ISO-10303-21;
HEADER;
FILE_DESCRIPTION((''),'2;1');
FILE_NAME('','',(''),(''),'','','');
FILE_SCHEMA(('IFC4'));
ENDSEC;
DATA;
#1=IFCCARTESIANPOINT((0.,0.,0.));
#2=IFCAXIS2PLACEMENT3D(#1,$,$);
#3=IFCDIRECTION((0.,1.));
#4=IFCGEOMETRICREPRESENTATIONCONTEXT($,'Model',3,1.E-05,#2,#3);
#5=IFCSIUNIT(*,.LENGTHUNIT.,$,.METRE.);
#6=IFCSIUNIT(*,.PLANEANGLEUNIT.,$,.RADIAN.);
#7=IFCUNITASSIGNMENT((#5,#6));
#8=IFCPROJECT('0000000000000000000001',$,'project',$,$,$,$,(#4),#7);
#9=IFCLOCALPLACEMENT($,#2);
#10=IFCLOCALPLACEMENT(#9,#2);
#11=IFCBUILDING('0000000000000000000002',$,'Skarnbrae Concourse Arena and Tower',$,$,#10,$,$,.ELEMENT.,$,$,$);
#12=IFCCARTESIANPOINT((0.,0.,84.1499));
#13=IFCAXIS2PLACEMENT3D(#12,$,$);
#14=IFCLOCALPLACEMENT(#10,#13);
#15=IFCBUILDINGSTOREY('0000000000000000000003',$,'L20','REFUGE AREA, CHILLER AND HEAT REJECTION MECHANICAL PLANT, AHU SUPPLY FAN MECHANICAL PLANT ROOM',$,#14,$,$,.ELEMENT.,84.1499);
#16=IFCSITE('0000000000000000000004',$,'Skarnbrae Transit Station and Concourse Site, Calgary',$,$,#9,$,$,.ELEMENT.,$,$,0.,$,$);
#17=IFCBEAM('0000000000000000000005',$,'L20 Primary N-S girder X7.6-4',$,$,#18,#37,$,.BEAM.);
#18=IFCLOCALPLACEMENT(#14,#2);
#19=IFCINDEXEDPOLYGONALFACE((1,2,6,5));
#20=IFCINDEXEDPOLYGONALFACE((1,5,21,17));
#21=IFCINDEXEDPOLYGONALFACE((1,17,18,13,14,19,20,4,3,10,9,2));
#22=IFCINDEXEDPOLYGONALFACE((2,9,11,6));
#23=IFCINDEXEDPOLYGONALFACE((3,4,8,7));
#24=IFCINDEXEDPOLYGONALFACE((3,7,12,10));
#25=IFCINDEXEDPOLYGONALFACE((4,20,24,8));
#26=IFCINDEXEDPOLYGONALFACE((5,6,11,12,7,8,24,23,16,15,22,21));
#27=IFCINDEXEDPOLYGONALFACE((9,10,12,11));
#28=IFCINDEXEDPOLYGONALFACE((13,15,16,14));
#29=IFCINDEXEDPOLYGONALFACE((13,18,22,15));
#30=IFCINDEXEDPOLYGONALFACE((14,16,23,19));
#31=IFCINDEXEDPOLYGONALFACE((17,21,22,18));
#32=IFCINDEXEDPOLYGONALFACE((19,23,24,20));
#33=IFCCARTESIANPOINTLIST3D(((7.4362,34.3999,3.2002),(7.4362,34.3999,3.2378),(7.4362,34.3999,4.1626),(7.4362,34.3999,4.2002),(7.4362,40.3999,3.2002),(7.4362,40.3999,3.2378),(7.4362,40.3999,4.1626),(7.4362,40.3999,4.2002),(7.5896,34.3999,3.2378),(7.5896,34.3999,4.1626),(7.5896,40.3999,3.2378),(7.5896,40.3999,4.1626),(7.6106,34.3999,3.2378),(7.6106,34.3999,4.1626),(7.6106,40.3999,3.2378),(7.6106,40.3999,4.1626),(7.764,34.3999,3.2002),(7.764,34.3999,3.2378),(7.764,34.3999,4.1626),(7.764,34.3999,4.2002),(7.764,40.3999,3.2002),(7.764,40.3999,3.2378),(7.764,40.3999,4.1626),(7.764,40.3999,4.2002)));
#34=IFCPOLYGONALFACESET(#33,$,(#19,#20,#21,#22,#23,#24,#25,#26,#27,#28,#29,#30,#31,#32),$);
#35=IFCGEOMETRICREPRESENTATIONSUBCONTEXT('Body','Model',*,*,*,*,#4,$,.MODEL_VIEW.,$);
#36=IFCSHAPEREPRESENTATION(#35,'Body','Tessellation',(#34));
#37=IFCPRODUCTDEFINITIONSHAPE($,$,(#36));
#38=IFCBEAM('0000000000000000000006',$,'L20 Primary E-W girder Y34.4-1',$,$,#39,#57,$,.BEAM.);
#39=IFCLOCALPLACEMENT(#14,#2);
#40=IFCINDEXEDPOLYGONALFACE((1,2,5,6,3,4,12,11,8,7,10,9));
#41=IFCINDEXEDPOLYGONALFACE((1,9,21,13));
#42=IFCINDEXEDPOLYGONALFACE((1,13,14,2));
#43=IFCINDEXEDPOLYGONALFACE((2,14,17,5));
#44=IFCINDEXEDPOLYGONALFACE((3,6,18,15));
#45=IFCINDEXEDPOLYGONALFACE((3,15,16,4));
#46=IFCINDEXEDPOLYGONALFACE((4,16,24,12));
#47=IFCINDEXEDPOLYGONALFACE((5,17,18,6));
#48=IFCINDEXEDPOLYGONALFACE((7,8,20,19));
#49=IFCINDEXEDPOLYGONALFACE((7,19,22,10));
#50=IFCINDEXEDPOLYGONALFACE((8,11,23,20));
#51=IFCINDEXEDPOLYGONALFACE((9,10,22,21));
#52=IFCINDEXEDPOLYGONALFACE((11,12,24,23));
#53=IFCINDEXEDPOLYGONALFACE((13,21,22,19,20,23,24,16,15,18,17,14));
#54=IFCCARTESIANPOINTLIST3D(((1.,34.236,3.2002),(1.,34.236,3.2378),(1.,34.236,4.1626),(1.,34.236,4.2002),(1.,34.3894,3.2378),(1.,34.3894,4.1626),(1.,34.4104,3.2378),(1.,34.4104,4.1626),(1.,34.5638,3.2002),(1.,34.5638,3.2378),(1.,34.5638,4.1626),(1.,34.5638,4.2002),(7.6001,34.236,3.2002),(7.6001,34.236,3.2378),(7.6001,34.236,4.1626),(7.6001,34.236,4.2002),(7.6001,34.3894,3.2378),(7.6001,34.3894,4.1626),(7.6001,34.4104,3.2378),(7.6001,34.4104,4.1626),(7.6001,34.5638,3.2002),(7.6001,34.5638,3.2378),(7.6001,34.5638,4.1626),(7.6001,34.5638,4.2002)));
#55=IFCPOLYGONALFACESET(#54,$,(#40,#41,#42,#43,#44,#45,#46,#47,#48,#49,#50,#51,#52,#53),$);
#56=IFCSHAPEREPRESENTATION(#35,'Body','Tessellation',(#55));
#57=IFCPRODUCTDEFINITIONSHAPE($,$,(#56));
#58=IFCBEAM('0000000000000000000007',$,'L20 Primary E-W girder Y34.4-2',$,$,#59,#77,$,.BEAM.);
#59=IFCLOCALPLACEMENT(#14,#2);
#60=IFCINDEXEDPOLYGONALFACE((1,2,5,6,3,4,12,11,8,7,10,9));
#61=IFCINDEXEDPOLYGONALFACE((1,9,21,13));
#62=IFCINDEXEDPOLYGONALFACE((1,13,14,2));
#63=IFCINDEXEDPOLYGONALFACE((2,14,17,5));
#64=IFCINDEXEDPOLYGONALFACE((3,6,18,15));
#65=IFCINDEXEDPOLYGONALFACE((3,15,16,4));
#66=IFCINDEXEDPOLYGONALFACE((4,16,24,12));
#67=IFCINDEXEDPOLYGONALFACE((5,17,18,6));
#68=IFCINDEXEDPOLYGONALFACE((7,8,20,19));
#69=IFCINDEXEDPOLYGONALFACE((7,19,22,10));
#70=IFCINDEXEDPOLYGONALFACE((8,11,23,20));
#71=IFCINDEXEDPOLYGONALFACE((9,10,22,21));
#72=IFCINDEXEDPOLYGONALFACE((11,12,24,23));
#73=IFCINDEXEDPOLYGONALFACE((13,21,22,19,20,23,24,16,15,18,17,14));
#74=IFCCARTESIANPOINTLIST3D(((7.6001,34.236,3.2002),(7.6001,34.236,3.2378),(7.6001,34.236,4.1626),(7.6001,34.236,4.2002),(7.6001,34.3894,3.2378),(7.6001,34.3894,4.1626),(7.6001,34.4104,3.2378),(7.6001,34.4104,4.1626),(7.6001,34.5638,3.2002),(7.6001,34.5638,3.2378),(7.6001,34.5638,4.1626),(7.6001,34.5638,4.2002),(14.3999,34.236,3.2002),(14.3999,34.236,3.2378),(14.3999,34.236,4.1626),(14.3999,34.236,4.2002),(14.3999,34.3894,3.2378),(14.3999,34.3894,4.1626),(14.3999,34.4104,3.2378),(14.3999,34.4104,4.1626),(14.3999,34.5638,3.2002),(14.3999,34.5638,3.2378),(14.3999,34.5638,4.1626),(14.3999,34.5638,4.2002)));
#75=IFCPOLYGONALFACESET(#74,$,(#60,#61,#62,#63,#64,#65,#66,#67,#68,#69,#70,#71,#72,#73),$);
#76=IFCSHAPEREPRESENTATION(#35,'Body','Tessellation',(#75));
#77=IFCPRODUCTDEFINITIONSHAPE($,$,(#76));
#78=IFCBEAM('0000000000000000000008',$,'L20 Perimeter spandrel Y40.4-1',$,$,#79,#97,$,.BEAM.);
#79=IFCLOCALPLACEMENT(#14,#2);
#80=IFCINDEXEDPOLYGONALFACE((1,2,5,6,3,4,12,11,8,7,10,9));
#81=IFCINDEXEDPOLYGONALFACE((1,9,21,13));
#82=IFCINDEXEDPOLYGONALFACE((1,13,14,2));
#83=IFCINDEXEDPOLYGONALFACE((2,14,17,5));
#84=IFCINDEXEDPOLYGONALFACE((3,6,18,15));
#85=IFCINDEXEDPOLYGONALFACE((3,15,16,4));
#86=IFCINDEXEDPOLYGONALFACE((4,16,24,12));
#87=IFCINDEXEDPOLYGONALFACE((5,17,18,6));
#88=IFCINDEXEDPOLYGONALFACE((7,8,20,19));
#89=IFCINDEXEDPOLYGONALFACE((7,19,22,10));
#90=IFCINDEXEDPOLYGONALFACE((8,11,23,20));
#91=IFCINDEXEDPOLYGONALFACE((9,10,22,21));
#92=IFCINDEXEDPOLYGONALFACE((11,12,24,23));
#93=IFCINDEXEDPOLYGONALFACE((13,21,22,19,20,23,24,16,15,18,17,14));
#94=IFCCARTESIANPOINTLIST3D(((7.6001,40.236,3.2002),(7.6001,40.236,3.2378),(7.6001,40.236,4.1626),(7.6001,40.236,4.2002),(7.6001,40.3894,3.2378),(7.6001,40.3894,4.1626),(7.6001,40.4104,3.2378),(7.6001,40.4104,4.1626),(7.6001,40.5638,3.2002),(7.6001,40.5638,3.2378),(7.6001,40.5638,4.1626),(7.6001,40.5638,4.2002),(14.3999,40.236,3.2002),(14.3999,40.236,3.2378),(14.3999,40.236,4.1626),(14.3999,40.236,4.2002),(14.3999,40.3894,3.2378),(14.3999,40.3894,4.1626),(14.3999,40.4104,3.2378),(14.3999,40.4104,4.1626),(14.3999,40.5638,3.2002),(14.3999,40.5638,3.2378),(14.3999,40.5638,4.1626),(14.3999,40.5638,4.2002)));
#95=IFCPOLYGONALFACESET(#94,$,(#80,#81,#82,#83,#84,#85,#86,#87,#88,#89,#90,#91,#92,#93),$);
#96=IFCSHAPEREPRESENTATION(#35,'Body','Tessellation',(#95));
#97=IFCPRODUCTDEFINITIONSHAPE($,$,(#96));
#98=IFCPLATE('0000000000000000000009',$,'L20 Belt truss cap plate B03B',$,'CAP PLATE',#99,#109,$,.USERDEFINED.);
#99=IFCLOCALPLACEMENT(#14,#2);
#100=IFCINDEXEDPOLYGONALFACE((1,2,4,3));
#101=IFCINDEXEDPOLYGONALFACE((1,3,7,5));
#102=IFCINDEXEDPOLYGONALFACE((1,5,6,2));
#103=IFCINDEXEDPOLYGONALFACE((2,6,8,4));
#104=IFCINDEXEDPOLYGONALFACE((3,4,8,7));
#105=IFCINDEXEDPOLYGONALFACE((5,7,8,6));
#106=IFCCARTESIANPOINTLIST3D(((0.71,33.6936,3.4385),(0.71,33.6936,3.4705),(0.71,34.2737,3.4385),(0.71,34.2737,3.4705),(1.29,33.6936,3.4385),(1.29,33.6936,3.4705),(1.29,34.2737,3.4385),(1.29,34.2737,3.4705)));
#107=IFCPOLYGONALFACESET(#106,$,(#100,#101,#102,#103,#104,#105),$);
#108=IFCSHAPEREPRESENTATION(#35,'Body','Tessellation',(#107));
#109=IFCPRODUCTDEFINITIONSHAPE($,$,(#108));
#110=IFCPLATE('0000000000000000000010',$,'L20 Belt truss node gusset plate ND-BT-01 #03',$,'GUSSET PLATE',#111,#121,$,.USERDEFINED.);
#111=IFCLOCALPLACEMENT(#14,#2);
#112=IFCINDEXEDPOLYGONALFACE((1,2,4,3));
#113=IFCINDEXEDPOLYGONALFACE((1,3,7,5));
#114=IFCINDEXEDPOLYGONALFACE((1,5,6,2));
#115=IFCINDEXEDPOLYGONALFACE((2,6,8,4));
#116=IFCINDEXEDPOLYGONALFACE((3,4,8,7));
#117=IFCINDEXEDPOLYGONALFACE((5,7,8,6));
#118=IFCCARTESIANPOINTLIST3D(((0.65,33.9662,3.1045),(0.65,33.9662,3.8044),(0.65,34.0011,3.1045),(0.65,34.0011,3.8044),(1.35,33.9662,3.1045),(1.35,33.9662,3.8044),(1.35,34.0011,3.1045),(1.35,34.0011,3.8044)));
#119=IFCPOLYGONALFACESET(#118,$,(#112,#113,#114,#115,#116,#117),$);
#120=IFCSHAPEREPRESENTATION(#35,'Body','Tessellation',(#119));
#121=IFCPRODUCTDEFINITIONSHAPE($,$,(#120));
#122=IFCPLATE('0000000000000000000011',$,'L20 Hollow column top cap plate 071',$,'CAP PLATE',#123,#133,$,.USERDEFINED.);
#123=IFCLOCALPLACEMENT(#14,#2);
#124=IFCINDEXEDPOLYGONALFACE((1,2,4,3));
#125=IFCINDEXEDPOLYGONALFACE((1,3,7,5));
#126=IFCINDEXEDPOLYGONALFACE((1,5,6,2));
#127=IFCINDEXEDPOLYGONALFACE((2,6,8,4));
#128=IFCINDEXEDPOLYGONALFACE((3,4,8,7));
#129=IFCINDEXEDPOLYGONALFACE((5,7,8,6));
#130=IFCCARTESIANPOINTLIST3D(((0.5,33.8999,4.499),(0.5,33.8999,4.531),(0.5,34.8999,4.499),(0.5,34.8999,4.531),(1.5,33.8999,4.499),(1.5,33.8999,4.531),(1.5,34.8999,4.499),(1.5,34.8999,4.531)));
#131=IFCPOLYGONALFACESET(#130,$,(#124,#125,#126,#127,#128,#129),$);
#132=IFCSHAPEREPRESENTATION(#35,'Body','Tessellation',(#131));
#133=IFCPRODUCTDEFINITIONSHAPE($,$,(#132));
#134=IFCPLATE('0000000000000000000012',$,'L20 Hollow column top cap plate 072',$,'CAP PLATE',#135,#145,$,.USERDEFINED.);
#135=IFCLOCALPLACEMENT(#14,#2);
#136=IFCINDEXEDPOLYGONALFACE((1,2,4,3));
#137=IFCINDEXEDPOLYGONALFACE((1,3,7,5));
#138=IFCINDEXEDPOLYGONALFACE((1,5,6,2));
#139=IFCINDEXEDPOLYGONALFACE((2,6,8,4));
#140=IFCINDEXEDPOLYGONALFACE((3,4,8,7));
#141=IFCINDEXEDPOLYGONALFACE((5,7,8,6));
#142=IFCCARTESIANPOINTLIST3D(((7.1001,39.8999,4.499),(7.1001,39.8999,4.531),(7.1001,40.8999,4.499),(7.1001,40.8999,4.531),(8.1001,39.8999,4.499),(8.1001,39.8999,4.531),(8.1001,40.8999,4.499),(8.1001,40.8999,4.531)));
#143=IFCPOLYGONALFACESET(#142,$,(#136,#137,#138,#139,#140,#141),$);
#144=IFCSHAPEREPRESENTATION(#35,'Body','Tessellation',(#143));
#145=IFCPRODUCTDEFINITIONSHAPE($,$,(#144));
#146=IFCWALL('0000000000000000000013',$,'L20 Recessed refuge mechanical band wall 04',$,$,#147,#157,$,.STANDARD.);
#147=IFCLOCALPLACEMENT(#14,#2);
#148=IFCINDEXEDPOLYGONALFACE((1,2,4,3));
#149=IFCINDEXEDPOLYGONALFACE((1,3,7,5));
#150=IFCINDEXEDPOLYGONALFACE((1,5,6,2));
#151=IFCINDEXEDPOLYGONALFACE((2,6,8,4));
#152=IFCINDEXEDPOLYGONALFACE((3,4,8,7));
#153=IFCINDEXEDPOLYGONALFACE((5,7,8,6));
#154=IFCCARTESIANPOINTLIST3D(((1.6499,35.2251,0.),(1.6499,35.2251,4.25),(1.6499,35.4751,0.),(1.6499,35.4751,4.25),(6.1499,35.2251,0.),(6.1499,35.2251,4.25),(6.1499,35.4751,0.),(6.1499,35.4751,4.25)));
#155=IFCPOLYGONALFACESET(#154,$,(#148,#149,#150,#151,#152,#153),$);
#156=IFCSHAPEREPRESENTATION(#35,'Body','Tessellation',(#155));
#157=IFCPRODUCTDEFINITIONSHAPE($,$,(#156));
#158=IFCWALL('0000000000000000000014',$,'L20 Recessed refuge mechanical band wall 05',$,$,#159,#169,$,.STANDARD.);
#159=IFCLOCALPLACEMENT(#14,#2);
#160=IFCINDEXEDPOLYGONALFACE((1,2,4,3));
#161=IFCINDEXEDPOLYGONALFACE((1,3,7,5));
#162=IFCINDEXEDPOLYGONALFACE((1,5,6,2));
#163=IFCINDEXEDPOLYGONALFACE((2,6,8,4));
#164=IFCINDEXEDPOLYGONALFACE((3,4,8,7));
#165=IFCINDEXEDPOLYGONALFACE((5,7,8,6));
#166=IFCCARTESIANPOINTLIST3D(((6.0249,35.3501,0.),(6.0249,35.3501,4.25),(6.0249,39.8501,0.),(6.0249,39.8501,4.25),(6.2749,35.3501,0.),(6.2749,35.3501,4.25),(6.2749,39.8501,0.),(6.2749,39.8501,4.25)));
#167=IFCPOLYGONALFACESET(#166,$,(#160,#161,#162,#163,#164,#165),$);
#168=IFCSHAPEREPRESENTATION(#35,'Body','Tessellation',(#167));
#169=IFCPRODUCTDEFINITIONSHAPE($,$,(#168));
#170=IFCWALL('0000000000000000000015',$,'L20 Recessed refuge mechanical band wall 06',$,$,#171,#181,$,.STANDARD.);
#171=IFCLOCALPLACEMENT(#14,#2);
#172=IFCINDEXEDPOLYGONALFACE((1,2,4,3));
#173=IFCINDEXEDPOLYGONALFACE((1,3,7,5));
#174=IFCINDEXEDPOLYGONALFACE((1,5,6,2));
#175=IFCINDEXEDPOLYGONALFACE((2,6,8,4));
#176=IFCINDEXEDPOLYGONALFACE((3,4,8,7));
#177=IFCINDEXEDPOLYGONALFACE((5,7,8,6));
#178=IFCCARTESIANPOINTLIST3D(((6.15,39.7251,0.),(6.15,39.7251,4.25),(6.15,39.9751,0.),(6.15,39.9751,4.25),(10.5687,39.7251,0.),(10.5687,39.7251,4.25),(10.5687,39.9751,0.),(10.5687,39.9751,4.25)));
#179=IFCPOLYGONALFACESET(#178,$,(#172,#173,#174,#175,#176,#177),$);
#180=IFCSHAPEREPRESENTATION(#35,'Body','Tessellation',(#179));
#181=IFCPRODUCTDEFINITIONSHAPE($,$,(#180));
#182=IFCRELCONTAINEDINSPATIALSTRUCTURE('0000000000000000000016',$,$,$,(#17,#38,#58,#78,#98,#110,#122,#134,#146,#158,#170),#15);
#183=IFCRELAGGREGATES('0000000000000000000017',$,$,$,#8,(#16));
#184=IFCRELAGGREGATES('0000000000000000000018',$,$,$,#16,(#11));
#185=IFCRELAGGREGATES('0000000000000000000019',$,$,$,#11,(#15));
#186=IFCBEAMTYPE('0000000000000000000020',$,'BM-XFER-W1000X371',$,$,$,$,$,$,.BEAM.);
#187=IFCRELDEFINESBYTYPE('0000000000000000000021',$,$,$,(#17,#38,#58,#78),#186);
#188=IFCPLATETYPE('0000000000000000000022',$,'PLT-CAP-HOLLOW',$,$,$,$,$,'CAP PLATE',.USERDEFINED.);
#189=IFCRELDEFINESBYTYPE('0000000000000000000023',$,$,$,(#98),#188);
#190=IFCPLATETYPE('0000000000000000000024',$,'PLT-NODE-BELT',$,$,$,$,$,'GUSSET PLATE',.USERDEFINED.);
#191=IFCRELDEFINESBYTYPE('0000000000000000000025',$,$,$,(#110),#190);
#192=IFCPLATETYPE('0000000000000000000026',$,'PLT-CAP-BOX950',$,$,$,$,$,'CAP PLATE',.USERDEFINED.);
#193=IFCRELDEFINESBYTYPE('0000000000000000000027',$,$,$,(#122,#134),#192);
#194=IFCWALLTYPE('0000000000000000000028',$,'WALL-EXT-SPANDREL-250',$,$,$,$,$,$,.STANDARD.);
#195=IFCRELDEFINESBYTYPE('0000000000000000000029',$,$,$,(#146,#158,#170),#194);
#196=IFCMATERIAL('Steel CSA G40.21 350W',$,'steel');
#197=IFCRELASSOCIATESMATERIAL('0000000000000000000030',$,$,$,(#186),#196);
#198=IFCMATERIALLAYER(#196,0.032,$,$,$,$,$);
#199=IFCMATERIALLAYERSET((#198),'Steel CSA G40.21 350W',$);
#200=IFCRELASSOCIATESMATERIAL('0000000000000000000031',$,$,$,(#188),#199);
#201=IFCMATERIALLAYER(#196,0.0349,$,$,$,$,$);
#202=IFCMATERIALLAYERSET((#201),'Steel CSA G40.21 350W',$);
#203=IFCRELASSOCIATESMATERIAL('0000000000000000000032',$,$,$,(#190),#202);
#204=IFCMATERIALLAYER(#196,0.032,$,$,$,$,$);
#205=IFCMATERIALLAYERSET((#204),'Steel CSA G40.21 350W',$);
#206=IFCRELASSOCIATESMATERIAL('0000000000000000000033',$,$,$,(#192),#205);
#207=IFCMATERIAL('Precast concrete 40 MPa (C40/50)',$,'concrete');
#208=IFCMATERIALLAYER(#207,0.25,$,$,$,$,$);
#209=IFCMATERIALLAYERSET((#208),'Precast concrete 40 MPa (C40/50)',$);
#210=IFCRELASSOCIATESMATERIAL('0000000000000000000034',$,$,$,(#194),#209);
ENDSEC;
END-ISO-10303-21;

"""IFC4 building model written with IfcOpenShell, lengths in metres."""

from ifc_helpers import new_model, si_unit, direction, frame, frame_2d, origin, origin_2d, place, context, subcontext, project, spatial, rectangle, i_section, extrude, source, transform, mapped, material, layer, layer_set, material_profile, profile_set, type_object, element, save


model = new_model("IFC4")

# Units and contexts
model_context = context("Model", 3, precision=1e-05, world=origin(), true_north=direction((0.0, 1.0)))
body_context = subcontext(model_context, "Body", "Model", "MODEL_VIEW")
ifc_project = project(units=[si_unit("LENGTHUNIT", "METRE"), si_unit("PLANEANGLEUNIT", "RADIAN")], contexts=[model_context])

# Site, building, storey
site_placement = place(None, origin())
site = spatial("IfcSite", under=ifc_project, at=site_placement, Name="Skarnbrae Transit Station and Concourse Site, Calgary", CompositionType="ELEMENT", RefElevation=0.0)
building_placement = place(site_placement, origin())
building = spatial("IfcBuilding", under=site, at=building_placement, Name="Skarnbrae Concourse Arena and Tower", CompositionType="ELEMENT")
storey_placement = place(building_placement, frame((0.0, 0.0, 84.1499)))
storey = spatial("IfcBuildingStorey", under=building, at=storey_placement, Name="L20", Description="REFUGE AREA, CHILLER AND HEAT REJECTION MECHANICAL PLANT, AHU SUPPLY FAN MECHANICAL PLANT ROOM", CompositionType="ELEMENT", Elevation=84.1499)

# Shared definitions
ifc_material_1 = material(Name="Steel CSA G40.21 350W", Category="steel")

# Beams
ifc_material_profile_1 = material_profile(ifc_material_1, i_section(OverallWidth=0.3279, OverallDepth=1.0, WebThickness=0.021, FlangeThickness=0.0376, at=origin_2d()), Name="W1000X371")
ifc_profile_set_1 = profile_set([ifc_material_profile_1], Name="Steel CSA G40.21 350W")
beam_type_1 = type_object("IfcBeamType", Name="BM-XFER-W1000X371", PredefinedType="BEAM", material=ifc_profile_set_1)
shared_shape_1 = source(origin(), body_context, "Body", "SweptSolid", [
    extrude(i_section(OverallWidth=0.3279, OverallDepth=1.0, WebThickness=0.021, FlangeThickness=0.0376, at=origin_2d()), origin(), (0.0, 0.0, 1.0), 6.0),
])
beam_1_placement = place(storey_placement, frame((7.6001, 34.3999, 3.7002), z_axis=(0.0, 1.0, 0.0), x_axis=(-1.0, 0.0, 0.0)))
element("IfcBeam", 1, at=beam_1_placement, inside=storey, type_object=beam_type_1, Name="L20 Primary N-S girder X7.6-4", PredefinedType="BEAM", context=body_context, shape_type="MappedRepresentation", body=[
    mapped(shared_shape_1, transform((0.0, 0.0, 0.0))),
])
shared_shape_2 = source(origin(), body_context, "Body", "SweptSolid", [
    extrude(i_section(OverallWidth=0.3279, OverallDepth=1.0, WebThickness=0.021, FlangeThickness=0.0376, at=origin_2d()), origin(), (0.0, 0.0, 1.0), 6.6001),
])
beam_2_placement = place(storey_placement, frame((1.0, 34.3999, 3.7002), z_axis=(1.0, 0.0, 0.0), x_axis=(0.0, 1.0, 0.0)))
element("IfcBeam", 2, at=beam_2_placement, inside=storey, type_object=beam_type_1, Name="L20 Primary E-W girder Y34.4-1", PredefinedType="BEAM", context=body_context, shape_type="MappedRepresentation", body=[
    mapped(shared_shape_2, transform((0.0, 0.0, 0.0))),
])
shared_shape_3 = source(origin(), body_context, "Body", "SweptSolid", [
    extrude(i_section(OverallWidth=0.3279, OverallDepth=1.0, WebThickness=0.021, FlangeThickness=0.0376, at=origin_2d()), origin(), (0.0, 0.0, 1.0), 6.7998),
])
for number, where, z_axis, x_axis, name in (
    (3, (7.6001, 34.3999, 3.7002), (1.0, 0.0, 0.0), (0.0, 1.0, 0.0), "L20 Primary E-W girder Y34.4-2"),
    (4, (7.6001, 40.3999, 3.7002), (1.0, 0.0, 0.0), (0.0, 1.0, 0.0), "L20 Perimeter spandrel Y40.4-1"),
):
    element("IfcBeam", number, at=place(storey_placement, frame(where, z_axis=z_axis, x_axis=x_axis)), inside=storey, type_object=beam_type_1, Name=name, PredefinedType="BEAM", context=body_context, shape_type="MappedRepresentation", body=[
        mapped(shared_shape_3, transform((0.0, 0.0, 0.0))),
    ])

# Plates
ifc_layer_1 = layer(ifc_material_1, 0.032)
ifc_layer_set_1 = layer_set([ifc_layer_1], Name="Steel CSA G40.21 350W")
plate_type_1 = type_object("IfcPlateType", Name="PLT-CAP-HOLLOW", ElementType="CAP PLATE", PredefinedType="USERDEFINED", material=ifc_layer_set_1)
shared_shape_4 = source(origin(), body_context, "Body", "SweptSolid", [
    extrude(rectangle(XDim=0.5801, YDim=0.5801, at=origin_2d()), origin(), (0.0, 0.0, 1.0), 0.032),
])
plate_1_placement = place(storey_placement, frame((1.0, 33.9836, 3.4385), z_axis=(0.0, 0.0, 1.0), x_axis=(1.0, 0.0, 0.0)))
element("IfcPlate", 5, at=plate_1_placement, inside=storey, type_object=plate_type_1, Name="L20 Belt truss cap plate B03B", ObjectType="CAP PLATE", PredefinedType="USERDEFINED", context=body_context, shape_type="MappedRepresentation", body=[
    mapped(shared_shape_4, transform((0.0, 0.0, 0.0))),
])
ifc_layer_2 = layer(ifc_material_1, 0.0349)
ifc_layer_set_2 = layer_set([ifc_layer_2], Name="Steel CSA G40.21 350W")
plate_type_2 = type_object("IfcPlateType", Name="PLT-NODE-BELT", ElementType="GUSSET PLATE", PredefinedType="USERDEFINED", material=ifc_layer_set_2)
shared_shape_5 = source(origin(), body_context, "Body", "SweptSolid", [
    extrude(rectangle(XDim=0.7, YDim=0.0349, at=origin_2d()), origin(), (0.0, 0.0, 1.0), 0.7),
])
plate_2_placement = place(storey_placement, frame((1.0, 33.9836, 3.1045), z_axis=(0.0, 0.0, 1.0), x_axis=(1.0, 0.0, 0.0)))
element("IfcPlate", 6, at=plate_2_placement, inside=storey, type_object=plate_type_2, Name="L20 Belt truss node gusset plate ND-BT-01 #03", ObjectType="GUSSET PLATE", PredefinedType="USERDEFINED", context=body_context, shape_type="MappedRepresentation", body=[
    mapped(shared_shape_5, transform((0.0, 0.0, 0.0))),
])
ifc_layer_3 = layer(ifc_material_1, 0.032)
ifc_layer_set_3 = layer_set([ifc_layer_3], Name="Steel CSA G40.21 350W")
plate_type_3 = type_object("IfcPlateType", Name="PLT-CAP-BOX950", ElementType="CAP PLATE", PredefinedType="USERDEFINED", material=ifc_layer_set_3)
shared_shape_6 = source(origin(), body_context, "Body", "SweptSolid", [
    extrude(rectangle(XDim=1.0, YDim=1.0, at=origin_2d()), origin(), (0.0, 0.0, 1.0), 0.032),
])
for number, where, z_axis, x_axis, name in (
    (7, (1.0, 34.3999, 4.499), (0.0, 0.0, 1.0), (1.0, 0.0, 0.0), "L20 Hollow column top cap plate 071"),
    (8, (7.6001, 40.3999, 4.499), (0.0, 0.0, 1.0), (1.0, 0.0, 0.0), "L20 Hollow column top cap plate 072"),
):
    element("IfcPlate", number, at=place(storey_placement, frame(where, z_axis=z_axis, x_axis=x_axis)), inside=storey, type_object=plate_type_3, Name=name, ObjectType="CAP PLATE", PredefinedType="USERDEFINED", context=body_context, shape_type="MappedRepresentation", body=[
        mapped(shared_shape_6, transform((0.0, 0.0, 0.0))),
    ])

# Walls
ifc_material_2 = material(Name="Precast concrete 40 MPa (C40/50)", Category="concrete")
ifc_layer_4 = layer(ifc_material_2, 0.25)
ifc_layer_set_4 = layer_set([ifc_layer_4], Name="Precast concrete 40 MPa (C40/50)")
wall_type_1 = type_object("IfcWallType", Name="WALL-EXT-SPANDREL-250", PredefinedType="STANDARD", material=ifc_layer_set_4)
shared_shape_7 = source(origin(), body_context, "Body", "SweptSolid", [
    extrude(rectangle(XDim=4.5, YDim=0.25, at=frame_2d((2.25, 0.0))), origin(), (0.0, 0.0, 1.0), 4.25),
])
for number, where, z_axis, x_axis, name in (
    (9, (1.6499, 35.3501, 0.0), (0.0, 0.0, 1.0), (1.0, 0.0, 0.0), "L20 Recessed refuge mechanical band wall 04"),
    (10, (6.1499, 35.3501, 0.0), (0.0, 0.0, 1.0), (0.0, 1.0, 0.0), "L20 Recessed refuge mechanical band wall 05"),
):
    element("IfcWall", number, at=place(storey_placement, frame(where, z_axis=z_axis, x_axis=x_axis)), inside=storey, type_object=wall_type_1, Name=name, PredefinedType="STANDARD", context=body_context, shape_type="MappedRepresentation", body=[
        mapped(shared_shape_7, transform((0.0, 0.0, 0.0))),
    ])
shared_shape_8 = source(origin(), body_context, "Body", "SweptSolid", [
    extrude(rectangle(XDim=4.4187, YDim=0.25, at=frame_2d((2.2095, 0.0))), origin(), (0.0, 0.0, 1.0), 4.25),
])
wall_1_placement = place(storey_placement, frame((6.1499, 39.8501, 0.0), z_axis=(0.0, 0.0, 1.0), x_axis=(1.0, 0.0, 0.0)))
element("IfcWall", 11, at=wall_1_placement, inside=storey, type_object=wall_type_1, Name="L20 Recessed refuge mechanical band wall 06", PredefinedType="STANDARD", context=body_context, shape_type="MappedRepresentation", body=[
    mapped(shared_shape_8, transform((0.0, 0.0, 0.0))),
])

save(model, "model.ifc")
